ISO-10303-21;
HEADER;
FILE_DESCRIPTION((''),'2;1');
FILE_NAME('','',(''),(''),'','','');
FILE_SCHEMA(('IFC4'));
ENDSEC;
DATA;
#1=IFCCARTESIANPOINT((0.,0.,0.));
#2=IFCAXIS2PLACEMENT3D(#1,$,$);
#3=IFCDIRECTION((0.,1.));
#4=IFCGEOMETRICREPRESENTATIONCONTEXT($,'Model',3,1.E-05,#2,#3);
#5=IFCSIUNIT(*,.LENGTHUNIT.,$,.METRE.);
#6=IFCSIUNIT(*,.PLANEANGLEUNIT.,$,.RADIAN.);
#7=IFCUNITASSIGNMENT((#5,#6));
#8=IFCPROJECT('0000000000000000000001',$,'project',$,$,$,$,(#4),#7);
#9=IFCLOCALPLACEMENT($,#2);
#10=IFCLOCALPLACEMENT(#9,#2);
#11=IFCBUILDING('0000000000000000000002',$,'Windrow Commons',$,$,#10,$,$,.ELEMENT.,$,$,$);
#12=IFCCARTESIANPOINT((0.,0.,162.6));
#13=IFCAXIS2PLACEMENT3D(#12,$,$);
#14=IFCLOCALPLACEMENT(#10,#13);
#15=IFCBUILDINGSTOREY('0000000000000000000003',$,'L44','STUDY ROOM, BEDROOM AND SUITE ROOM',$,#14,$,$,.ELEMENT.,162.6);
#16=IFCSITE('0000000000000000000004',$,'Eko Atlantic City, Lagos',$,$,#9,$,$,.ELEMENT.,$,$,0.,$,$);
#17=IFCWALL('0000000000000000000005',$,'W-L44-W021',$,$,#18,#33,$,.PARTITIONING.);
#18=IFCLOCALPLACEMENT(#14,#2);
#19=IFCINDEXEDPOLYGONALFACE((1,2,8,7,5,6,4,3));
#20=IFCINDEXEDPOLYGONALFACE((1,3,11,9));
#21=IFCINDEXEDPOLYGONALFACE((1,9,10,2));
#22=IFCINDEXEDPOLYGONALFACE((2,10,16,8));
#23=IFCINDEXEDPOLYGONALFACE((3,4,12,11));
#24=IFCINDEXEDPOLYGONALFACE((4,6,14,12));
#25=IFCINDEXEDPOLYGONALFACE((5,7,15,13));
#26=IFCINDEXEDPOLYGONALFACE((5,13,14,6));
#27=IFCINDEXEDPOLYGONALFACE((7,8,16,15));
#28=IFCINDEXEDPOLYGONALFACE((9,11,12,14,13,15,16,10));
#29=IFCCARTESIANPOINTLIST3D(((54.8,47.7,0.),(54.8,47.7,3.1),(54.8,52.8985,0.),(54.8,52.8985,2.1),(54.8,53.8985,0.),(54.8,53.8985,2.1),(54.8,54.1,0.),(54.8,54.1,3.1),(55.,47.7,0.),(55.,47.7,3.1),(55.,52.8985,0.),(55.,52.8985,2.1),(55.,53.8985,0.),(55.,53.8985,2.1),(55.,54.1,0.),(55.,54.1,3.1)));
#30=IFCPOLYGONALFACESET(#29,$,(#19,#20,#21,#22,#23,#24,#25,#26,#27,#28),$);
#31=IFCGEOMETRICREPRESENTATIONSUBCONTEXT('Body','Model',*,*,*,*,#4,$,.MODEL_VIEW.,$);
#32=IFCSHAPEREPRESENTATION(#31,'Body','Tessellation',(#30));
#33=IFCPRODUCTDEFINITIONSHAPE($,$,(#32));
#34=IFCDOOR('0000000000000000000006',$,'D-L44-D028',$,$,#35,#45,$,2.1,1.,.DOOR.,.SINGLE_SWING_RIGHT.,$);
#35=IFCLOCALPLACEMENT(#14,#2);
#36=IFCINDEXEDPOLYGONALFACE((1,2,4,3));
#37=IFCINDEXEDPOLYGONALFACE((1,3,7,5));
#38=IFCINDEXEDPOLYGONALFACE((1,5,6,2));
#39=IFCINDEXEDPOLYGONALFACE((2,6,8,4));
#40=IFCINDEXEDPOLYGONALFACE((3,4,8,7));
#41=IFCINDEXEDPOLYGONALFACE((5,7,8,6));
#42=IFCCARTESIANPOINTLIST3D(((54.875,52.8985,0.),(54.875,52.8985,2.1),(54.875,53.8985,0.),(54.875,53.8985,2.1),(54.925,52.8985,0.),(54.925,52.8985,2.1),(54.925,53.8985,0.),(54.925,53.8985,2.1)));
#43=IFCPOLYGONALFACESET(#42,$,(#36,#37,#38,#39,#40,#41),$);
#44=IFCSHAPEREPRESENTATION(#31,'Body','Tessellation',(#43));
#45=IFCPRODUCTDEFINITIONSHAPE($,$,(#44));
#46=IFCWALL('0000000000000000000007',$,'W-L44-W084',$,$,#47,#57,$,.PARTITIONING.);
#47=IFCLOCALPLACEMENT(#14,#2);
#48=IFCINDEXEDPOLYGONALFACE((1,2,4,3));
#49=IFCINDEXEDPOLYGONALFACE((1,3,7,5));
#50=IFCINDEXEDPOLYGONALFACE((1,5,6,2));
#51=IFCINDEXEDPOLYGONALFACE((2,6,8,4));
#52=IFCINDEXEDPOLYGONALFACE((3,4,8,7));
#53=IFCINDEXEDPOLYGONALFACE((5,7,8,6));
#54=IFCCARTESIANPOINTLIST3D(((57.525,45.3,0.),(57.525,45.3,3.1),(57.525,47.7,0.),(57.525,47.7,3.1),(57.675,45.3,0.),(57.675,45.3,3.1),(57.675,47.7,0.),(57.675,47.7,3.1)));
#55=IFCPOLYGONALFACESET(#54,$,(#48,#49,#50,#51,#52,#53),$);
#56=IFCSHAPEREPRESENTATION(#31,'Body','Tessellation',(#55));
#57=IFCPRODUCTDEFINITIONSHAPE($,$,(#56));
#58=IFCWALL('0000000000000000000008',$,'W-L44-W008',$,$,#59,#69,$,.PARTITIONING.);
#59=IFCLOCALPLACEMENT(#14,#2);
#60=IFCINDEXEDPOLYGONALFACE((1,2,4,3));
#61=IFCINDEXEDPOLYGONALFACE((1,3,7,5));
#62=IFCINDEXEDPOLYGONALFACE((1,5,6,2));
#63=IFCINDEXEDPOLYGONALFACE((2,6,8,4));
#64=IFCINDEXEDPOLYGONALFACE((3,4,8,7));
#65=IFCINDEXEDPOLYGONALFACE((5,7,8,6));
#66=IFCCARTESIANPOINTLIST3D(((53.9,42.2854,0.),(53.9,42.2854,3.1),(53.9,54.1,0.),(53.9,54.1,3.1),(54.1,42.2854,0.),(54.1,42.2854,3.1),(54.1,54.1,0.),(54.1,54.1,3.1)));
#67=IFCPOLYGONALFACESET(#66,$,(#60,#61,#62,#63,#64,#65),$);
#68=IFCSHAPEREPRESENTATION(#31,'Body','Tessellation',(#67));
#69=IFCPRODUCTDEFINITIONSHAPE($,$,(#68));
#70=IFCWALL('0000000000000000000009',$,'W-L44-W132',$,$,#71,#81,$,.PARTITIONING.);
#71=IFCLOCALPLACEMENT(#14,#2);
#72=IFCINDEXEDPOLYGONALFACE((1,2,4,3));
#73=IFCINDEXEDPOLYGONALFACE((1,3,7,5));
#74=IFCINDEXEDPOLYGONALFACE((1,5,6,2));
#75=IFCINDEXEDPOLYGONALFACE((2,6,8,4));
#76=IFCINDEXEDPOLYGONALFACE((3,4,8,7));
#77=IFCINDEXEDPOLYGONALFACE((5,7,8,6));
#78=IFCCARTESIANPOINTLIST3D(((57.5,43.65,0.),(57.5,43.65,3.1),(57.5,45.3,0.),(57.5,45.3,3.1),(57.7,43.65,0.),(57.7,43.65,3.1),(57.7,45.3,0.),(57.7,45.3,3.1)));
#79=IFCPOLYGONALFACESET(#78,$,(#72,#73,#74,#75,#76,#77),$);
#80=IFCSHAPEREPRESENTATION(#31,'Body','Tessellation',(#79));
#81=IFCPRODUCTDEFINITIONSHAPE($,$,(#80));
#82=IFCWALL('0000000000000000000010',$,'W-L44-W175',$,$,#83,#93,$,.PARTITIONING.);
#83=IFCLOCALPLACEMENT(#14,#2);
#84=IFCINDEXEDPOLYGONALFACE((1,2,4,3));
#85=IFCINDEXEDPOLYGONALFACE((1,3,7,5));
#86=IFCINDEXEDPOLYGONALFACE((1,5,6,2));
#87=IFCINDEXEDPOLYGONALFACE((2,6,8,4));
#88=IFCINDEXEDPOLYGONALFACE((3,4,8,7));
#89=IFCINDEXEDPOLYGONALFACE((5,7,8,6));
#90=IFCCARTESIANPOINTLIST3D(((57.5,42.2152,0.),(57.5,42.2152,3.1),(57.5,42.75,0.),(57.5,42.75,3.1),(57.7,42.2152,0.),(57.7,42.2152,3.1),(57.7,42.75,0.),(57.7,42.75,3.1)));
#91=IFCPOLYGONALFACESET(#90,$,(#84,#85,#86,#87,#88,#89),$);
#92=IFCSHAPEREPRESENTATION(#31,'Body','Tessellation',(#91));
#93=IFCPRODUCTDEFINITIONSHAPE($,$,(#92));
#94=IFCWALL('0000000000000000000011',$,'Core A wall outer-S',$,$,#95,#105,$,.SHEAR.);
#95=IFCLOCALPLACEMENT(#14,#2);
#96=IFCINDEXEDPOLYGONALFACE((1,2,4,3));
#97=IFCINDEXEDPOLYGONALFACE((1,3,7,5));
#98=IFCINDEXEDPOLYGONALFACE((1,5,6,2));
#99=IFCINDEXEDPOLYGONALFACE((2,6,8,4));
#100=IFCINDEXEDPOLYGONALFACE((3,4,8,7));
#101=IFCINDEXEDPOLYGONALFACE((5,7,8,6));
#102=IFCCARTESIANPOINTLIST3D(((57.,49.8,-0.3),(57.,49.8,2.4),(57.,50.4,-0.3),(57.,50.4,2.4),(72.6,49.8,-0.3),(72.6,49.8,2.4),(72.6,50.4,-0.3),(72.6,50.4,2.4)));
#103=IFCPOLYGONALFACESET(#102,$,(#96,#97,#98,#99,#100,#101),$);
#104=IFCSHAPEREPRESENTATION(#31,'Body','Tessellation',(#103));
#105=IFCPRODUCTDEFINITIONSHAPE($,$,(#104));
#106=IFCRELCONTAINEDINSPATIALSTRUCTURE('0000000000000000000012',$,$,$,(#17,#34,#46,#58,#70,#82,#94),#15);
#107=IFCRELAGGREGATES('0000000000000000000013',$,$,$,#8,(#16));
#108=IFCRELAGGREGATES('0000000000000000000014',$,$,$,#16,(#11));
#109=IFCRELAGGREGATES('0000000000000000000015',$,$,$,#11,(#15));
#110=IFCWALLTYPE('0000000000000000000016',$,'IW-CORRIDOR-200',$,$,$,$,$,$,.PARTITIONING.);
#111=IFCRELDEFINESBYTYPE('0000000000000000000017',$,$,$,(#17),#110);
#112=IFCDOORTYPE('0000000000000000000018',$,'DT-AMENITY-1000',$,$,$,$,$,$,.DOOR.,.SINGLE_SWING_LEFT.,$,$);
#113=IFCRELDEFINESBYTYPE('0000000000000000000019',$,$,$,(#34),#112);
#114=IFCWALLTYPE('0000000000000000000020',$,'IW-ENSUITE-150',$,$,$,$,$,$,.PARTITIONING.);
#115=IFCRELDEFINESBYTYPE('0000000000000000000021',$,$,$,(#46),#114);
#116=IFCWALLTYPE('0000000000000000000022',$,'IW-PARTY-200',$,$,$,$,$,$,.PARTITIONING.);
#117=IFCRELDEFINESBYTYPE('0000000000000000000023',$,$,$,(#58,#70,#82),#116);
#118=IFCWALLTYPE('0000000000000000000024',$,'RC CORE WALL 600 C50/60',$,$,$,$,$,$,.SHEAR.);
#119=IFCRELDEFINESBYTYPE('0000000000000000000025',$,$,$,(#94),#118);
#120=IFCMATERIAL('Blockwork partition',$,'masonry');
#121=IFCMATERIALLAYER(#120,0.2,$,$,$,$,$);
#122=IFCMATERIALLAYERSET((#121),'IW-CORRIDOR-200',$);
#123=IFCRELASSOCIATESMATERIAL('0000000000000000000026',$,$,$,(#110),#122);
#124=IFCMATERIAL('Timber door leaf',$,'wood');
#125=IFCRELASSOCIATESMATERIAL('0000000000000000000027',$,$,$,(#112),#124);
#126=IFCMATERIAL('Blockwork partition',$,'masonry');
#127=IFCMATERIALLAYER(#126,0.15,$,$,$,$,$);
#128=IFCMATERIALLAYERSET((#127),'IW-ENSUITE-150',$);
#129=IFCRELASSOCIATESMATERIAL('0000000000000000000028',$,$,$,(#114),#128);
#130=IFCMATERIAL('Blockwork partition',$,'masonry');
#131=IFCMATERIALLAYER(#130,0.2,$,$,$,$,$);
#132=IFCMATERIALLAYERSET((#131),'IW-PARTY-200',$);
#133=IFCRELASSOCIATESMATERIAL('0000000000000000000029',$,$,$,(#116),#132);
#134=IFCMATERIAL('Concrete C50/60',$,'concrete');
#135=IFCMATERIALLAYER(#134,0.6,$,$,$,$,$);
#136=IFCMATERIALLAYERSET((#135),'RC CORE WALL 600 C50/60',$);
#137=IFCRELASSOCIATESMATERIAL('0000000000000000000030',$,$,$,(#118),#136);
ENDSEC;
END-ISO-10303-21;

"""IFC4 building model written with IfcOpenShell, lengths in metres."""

from ifc_helpers import new_model, si_unit, direction, frame, frame_2d, origin, place, context, subcontext, project, spatial, rectangle, extrude, material, layer, layer_set, type_object, element, fill, save


model = new_model("IFC4")

# Units and contexts
model_context = context("Model", 3, precision=1e-05, world=origin(), true_north=direction((0.0, 1.0)))
body_context = subcontext(model_context, "Body", "Model", "MODEL_VIEW")
ifc_project = project(units=[si_unit("LENGTHUNIT", "METRE"), si_unit("PLANEANGLEUNIT", "RADIAN")], contexts=[model_context])

# Site, building, storey
site_placement = place(None, origin())
site = spatial("IfcSite", under=ifc_project, at=site_placement, Name="Eko Atlantic City, Lagos", CompositionType="ELEMENT", RefElevation=0.0)
building_placement = place(site_placement, origin())
building = spatial("IfcBuilding", under=site, at=building_placement, Name="Windrow Commons", CompositionType="ELEMENT")
storey_placement = place(building_placement, frame((0.0, 0.0, 162.6)))
storey = spatial("IfcBuildingStorey", under=building, at=storey_placement, Name="L44", Description="STUDY ROOM, BEDROOM AND SUITE ROOM", CompositionType="ELEMENT", Elevation=162.6)

# Shared definitions
ifc_material_1 = material(Name="Blockwork partition", Category="masonry")
ifc_layer_1 = layer(ifc_material_1, 0.2)
ifc_layer_set_1 = layer_set([ifc_layer_1], Name="IW-CORRIDOR-200")
wall_type_1 = type_object("IfcWallType", Name="IW-CORRIDOR-200", PredefinedType="PARTITIONING", material=ifc_layer_set_1)

# Wall, opening, door
wall_1_placement = place(storey_placement, frame((54.9, 47.7, 0.0), z_axis=(0.0, 0.0, 1.0), x_axis=(0.0, 1.0, 0.0)))
wall_1 = element("IfcWall", 1, at=wall_1_placement, inside=storey, type_object=wall_type_1, Name="W-L44-W021", PredefinedType="PARTITIONING", context=body_context, shape_type="SweptSolid", body=[
    extrude(rectangle(XDim=6.4, YDim=0.2, at=frame_2d((3.2, 0.0))), origin(), (0.0, 0.0, 1.0), 3.1),
])
opening_1_placement = place(wall_1_placement, frame((5.1985, 0.0, 0.0)))
opening_1 = element("IfcOpeningElement", 2, at=opening_1_placement, cuts=wall_1, PredefinedType="OPENING", context=body_context, shape_type="SweptSolid", body=[
    extrude(rectangle(XDim=1.0, YDim=2.1, at=frame_2d((0.5, 1.05))), frame((0.0, 0.11, 0.0), z_axis=(0.0, -1.0, 0.0), x_axis=(1.0, 0.0, 0.0)), (0.0, 0.0, 1.0), 0.22),
])
ifc_material_2 = material(Name="Timber door leaf", Category="wood")
door_type_1 = type_object("IfcDoorType", Name="DT-AMENITY-1000", OperationType="SINGLE_SWING_LEFT", PredefinedType="DOOR", material=ifc_material_2)
door_1_placement = place(opening_1_placement, origin())
door_1 = element("IfcDoor", 3, at=door_1_placement, inside=storey, type_object=door_type_1, Name="D-L44-D028", OperationType="SINGLE_SWING_RIGHT", OverallHeight=2.1, OverallWidth=1.0, PredefinedType="DOOR", context=body_context, shape_type="SweptSolid", body=[
    extrude(rectangle(XDim=1.0, YDim=2.1, at=frame_2d((0.5, 1.05))), frame((0.0, 0.025, 0.0), z_axis=(0.0, -1.0, 0.0), x_axis=(1.0, 0.0, 0.0)), (0.0, 0.0, 1.0), 0.05),
])
fill(opening_1, door_1)

# Walls
ifc_material_3 = material(Name="Blockwork partition", Category="masonry")
ifc_layer_2 = layer(ifc_material_3, 0.15)
ifc_layer_set_2 = layer_set([ifc_layer_2], Name="IW-ENSUITE-150")
wall_type_2 = type_object("IfcWallType", Name="IW-ENSUITE-150", PredefinedType="PARTITIONING", material=ifc_layer_set_2)
wall_2_placement = place(storey_placement, frame((57.6, 45.3, 0.0), z_axis=(0.0, 0.0, 1.0), x_axis=(0.0, 1.0, 0.0)))
element("IfcWall", 4, at=wall_2_placement, inside=storey, type_object=wall_type_2, Name="W-L44-W084", PredefinedType="PARTITIONING", context=body_context, shape_type="SweptSolid", body=[
    extrude(rectangle(XDim=2.4, YDim=0.15, at=frame_2d((1.2, 0.0))), origin(), (0.0, 0.0, 1.0), 3.1),
])
ifc_material_4 = material(Name="Blockwork partition", Category="masonry")
ifc_layer_3 = layer(ifc_material_4, 0.2)
ifc_layer_set_3 = layer_set([ifc_layer_3], Name="IW-PARTY-200")
wall_type_3 = type_object("IfcWallType", Name="IW-PARTY-200", PredefinedType="PARTITIONING", material=ifc_layer_set_3)
wall_3_placement = place(storey_placement, frame((54.0, 42.2854, 0.0), z_axis=(0.0, 0.0, 1.0), x_axis=(0.0, 1.0, 0.0)))
element("IfcWall", 5, at=wall_3_placement, inside=storey, type_object=wall_type_3, Name="W-L44-W008", PredefinedType="PARTITIONING", context=body_context, shape_type="SweptSolid", body=[
    extrude(rectangle(XDim=11.8146, YDim=0.2, at=frame_2d((5.9073, 0.0))), origin(), (0.0, 0.0, 1.0), 3.1),
])
wall_4_placement = place(storey_placement, frame((57.6, 43.65, 0.0), z_axis=(0.0, 0.0, 1.0), x_axis=(0.0, 1.0, 0.0)))
element("IfcWall", 6, at=wall_4_placement, inside=storey, type_object=wall_type_3, Name="W-L44-W132", PredefinedType="PARTITIONING", context=body_context, shape_type="SweptSolid", body=[
    extrude(rectangle(XDim=1.65, YDim=0.2, at=frame_2d((0.825, 0.0))), origin(), (0.0, 0.0, 1.0), 3.1),
])
wall_5_placement = place(storey_placement, frame((57.6, 42.2153, 0.0), z_axis=(0.0, 0.0, 1.0), x_axis=(0.0, 1.0, 0.0)))
element("IfcWall", 7, at=wall_5_placement, inside=storey, type_object=wall_type_3, Name="W-L44-W175", PredefinedType="PARTITIONING", context=body_context, shape_type="SweptSolid", body=[
    extrude(rectangle(XDim=0.5347, YDim=0.2, at=frame_2d((0.2673, 0.0))), origin(), (0.0, 0.0, 1.0), 3.1),
])
ifc_material_5 = material(Name="Concrete C50/60", Category="concrete")
ifc_layer_4 = layer(ifc_material_5, 0.6)
ifc_layer_set_4 = layer_set([ifc_layer_4], Name="RC CORE WALL 600 C50/60")
wall_type_4 = type_object("IfcWallType", Name="RC CORE WALL 600 C50/60", PredefinedType="SHEAR", material=ifc_layer_set_4)
wall_6_placement = place(storey_placement, frame((57.0, 50.1, -0.3), z_axis=(0.0, 0.0, 1.0), x_axis=(1.0, 0.0, 0.0)))
element("IfcWall", 8, at=wall_6_placement, inside=storey, type_object=wall_type_4, Name="Core A wall outer-S", PredefinedType="SHEAR", context=body_context, shape_type="SweptSolid", body=[
    extrude(rectangle(XDim=15.6, YDim=0.6, at=frame_2d((7.8, 0.0))), origin(), (0.0, 0.0, 1.0), 2.7),
])

save(model, "model.ifc")
